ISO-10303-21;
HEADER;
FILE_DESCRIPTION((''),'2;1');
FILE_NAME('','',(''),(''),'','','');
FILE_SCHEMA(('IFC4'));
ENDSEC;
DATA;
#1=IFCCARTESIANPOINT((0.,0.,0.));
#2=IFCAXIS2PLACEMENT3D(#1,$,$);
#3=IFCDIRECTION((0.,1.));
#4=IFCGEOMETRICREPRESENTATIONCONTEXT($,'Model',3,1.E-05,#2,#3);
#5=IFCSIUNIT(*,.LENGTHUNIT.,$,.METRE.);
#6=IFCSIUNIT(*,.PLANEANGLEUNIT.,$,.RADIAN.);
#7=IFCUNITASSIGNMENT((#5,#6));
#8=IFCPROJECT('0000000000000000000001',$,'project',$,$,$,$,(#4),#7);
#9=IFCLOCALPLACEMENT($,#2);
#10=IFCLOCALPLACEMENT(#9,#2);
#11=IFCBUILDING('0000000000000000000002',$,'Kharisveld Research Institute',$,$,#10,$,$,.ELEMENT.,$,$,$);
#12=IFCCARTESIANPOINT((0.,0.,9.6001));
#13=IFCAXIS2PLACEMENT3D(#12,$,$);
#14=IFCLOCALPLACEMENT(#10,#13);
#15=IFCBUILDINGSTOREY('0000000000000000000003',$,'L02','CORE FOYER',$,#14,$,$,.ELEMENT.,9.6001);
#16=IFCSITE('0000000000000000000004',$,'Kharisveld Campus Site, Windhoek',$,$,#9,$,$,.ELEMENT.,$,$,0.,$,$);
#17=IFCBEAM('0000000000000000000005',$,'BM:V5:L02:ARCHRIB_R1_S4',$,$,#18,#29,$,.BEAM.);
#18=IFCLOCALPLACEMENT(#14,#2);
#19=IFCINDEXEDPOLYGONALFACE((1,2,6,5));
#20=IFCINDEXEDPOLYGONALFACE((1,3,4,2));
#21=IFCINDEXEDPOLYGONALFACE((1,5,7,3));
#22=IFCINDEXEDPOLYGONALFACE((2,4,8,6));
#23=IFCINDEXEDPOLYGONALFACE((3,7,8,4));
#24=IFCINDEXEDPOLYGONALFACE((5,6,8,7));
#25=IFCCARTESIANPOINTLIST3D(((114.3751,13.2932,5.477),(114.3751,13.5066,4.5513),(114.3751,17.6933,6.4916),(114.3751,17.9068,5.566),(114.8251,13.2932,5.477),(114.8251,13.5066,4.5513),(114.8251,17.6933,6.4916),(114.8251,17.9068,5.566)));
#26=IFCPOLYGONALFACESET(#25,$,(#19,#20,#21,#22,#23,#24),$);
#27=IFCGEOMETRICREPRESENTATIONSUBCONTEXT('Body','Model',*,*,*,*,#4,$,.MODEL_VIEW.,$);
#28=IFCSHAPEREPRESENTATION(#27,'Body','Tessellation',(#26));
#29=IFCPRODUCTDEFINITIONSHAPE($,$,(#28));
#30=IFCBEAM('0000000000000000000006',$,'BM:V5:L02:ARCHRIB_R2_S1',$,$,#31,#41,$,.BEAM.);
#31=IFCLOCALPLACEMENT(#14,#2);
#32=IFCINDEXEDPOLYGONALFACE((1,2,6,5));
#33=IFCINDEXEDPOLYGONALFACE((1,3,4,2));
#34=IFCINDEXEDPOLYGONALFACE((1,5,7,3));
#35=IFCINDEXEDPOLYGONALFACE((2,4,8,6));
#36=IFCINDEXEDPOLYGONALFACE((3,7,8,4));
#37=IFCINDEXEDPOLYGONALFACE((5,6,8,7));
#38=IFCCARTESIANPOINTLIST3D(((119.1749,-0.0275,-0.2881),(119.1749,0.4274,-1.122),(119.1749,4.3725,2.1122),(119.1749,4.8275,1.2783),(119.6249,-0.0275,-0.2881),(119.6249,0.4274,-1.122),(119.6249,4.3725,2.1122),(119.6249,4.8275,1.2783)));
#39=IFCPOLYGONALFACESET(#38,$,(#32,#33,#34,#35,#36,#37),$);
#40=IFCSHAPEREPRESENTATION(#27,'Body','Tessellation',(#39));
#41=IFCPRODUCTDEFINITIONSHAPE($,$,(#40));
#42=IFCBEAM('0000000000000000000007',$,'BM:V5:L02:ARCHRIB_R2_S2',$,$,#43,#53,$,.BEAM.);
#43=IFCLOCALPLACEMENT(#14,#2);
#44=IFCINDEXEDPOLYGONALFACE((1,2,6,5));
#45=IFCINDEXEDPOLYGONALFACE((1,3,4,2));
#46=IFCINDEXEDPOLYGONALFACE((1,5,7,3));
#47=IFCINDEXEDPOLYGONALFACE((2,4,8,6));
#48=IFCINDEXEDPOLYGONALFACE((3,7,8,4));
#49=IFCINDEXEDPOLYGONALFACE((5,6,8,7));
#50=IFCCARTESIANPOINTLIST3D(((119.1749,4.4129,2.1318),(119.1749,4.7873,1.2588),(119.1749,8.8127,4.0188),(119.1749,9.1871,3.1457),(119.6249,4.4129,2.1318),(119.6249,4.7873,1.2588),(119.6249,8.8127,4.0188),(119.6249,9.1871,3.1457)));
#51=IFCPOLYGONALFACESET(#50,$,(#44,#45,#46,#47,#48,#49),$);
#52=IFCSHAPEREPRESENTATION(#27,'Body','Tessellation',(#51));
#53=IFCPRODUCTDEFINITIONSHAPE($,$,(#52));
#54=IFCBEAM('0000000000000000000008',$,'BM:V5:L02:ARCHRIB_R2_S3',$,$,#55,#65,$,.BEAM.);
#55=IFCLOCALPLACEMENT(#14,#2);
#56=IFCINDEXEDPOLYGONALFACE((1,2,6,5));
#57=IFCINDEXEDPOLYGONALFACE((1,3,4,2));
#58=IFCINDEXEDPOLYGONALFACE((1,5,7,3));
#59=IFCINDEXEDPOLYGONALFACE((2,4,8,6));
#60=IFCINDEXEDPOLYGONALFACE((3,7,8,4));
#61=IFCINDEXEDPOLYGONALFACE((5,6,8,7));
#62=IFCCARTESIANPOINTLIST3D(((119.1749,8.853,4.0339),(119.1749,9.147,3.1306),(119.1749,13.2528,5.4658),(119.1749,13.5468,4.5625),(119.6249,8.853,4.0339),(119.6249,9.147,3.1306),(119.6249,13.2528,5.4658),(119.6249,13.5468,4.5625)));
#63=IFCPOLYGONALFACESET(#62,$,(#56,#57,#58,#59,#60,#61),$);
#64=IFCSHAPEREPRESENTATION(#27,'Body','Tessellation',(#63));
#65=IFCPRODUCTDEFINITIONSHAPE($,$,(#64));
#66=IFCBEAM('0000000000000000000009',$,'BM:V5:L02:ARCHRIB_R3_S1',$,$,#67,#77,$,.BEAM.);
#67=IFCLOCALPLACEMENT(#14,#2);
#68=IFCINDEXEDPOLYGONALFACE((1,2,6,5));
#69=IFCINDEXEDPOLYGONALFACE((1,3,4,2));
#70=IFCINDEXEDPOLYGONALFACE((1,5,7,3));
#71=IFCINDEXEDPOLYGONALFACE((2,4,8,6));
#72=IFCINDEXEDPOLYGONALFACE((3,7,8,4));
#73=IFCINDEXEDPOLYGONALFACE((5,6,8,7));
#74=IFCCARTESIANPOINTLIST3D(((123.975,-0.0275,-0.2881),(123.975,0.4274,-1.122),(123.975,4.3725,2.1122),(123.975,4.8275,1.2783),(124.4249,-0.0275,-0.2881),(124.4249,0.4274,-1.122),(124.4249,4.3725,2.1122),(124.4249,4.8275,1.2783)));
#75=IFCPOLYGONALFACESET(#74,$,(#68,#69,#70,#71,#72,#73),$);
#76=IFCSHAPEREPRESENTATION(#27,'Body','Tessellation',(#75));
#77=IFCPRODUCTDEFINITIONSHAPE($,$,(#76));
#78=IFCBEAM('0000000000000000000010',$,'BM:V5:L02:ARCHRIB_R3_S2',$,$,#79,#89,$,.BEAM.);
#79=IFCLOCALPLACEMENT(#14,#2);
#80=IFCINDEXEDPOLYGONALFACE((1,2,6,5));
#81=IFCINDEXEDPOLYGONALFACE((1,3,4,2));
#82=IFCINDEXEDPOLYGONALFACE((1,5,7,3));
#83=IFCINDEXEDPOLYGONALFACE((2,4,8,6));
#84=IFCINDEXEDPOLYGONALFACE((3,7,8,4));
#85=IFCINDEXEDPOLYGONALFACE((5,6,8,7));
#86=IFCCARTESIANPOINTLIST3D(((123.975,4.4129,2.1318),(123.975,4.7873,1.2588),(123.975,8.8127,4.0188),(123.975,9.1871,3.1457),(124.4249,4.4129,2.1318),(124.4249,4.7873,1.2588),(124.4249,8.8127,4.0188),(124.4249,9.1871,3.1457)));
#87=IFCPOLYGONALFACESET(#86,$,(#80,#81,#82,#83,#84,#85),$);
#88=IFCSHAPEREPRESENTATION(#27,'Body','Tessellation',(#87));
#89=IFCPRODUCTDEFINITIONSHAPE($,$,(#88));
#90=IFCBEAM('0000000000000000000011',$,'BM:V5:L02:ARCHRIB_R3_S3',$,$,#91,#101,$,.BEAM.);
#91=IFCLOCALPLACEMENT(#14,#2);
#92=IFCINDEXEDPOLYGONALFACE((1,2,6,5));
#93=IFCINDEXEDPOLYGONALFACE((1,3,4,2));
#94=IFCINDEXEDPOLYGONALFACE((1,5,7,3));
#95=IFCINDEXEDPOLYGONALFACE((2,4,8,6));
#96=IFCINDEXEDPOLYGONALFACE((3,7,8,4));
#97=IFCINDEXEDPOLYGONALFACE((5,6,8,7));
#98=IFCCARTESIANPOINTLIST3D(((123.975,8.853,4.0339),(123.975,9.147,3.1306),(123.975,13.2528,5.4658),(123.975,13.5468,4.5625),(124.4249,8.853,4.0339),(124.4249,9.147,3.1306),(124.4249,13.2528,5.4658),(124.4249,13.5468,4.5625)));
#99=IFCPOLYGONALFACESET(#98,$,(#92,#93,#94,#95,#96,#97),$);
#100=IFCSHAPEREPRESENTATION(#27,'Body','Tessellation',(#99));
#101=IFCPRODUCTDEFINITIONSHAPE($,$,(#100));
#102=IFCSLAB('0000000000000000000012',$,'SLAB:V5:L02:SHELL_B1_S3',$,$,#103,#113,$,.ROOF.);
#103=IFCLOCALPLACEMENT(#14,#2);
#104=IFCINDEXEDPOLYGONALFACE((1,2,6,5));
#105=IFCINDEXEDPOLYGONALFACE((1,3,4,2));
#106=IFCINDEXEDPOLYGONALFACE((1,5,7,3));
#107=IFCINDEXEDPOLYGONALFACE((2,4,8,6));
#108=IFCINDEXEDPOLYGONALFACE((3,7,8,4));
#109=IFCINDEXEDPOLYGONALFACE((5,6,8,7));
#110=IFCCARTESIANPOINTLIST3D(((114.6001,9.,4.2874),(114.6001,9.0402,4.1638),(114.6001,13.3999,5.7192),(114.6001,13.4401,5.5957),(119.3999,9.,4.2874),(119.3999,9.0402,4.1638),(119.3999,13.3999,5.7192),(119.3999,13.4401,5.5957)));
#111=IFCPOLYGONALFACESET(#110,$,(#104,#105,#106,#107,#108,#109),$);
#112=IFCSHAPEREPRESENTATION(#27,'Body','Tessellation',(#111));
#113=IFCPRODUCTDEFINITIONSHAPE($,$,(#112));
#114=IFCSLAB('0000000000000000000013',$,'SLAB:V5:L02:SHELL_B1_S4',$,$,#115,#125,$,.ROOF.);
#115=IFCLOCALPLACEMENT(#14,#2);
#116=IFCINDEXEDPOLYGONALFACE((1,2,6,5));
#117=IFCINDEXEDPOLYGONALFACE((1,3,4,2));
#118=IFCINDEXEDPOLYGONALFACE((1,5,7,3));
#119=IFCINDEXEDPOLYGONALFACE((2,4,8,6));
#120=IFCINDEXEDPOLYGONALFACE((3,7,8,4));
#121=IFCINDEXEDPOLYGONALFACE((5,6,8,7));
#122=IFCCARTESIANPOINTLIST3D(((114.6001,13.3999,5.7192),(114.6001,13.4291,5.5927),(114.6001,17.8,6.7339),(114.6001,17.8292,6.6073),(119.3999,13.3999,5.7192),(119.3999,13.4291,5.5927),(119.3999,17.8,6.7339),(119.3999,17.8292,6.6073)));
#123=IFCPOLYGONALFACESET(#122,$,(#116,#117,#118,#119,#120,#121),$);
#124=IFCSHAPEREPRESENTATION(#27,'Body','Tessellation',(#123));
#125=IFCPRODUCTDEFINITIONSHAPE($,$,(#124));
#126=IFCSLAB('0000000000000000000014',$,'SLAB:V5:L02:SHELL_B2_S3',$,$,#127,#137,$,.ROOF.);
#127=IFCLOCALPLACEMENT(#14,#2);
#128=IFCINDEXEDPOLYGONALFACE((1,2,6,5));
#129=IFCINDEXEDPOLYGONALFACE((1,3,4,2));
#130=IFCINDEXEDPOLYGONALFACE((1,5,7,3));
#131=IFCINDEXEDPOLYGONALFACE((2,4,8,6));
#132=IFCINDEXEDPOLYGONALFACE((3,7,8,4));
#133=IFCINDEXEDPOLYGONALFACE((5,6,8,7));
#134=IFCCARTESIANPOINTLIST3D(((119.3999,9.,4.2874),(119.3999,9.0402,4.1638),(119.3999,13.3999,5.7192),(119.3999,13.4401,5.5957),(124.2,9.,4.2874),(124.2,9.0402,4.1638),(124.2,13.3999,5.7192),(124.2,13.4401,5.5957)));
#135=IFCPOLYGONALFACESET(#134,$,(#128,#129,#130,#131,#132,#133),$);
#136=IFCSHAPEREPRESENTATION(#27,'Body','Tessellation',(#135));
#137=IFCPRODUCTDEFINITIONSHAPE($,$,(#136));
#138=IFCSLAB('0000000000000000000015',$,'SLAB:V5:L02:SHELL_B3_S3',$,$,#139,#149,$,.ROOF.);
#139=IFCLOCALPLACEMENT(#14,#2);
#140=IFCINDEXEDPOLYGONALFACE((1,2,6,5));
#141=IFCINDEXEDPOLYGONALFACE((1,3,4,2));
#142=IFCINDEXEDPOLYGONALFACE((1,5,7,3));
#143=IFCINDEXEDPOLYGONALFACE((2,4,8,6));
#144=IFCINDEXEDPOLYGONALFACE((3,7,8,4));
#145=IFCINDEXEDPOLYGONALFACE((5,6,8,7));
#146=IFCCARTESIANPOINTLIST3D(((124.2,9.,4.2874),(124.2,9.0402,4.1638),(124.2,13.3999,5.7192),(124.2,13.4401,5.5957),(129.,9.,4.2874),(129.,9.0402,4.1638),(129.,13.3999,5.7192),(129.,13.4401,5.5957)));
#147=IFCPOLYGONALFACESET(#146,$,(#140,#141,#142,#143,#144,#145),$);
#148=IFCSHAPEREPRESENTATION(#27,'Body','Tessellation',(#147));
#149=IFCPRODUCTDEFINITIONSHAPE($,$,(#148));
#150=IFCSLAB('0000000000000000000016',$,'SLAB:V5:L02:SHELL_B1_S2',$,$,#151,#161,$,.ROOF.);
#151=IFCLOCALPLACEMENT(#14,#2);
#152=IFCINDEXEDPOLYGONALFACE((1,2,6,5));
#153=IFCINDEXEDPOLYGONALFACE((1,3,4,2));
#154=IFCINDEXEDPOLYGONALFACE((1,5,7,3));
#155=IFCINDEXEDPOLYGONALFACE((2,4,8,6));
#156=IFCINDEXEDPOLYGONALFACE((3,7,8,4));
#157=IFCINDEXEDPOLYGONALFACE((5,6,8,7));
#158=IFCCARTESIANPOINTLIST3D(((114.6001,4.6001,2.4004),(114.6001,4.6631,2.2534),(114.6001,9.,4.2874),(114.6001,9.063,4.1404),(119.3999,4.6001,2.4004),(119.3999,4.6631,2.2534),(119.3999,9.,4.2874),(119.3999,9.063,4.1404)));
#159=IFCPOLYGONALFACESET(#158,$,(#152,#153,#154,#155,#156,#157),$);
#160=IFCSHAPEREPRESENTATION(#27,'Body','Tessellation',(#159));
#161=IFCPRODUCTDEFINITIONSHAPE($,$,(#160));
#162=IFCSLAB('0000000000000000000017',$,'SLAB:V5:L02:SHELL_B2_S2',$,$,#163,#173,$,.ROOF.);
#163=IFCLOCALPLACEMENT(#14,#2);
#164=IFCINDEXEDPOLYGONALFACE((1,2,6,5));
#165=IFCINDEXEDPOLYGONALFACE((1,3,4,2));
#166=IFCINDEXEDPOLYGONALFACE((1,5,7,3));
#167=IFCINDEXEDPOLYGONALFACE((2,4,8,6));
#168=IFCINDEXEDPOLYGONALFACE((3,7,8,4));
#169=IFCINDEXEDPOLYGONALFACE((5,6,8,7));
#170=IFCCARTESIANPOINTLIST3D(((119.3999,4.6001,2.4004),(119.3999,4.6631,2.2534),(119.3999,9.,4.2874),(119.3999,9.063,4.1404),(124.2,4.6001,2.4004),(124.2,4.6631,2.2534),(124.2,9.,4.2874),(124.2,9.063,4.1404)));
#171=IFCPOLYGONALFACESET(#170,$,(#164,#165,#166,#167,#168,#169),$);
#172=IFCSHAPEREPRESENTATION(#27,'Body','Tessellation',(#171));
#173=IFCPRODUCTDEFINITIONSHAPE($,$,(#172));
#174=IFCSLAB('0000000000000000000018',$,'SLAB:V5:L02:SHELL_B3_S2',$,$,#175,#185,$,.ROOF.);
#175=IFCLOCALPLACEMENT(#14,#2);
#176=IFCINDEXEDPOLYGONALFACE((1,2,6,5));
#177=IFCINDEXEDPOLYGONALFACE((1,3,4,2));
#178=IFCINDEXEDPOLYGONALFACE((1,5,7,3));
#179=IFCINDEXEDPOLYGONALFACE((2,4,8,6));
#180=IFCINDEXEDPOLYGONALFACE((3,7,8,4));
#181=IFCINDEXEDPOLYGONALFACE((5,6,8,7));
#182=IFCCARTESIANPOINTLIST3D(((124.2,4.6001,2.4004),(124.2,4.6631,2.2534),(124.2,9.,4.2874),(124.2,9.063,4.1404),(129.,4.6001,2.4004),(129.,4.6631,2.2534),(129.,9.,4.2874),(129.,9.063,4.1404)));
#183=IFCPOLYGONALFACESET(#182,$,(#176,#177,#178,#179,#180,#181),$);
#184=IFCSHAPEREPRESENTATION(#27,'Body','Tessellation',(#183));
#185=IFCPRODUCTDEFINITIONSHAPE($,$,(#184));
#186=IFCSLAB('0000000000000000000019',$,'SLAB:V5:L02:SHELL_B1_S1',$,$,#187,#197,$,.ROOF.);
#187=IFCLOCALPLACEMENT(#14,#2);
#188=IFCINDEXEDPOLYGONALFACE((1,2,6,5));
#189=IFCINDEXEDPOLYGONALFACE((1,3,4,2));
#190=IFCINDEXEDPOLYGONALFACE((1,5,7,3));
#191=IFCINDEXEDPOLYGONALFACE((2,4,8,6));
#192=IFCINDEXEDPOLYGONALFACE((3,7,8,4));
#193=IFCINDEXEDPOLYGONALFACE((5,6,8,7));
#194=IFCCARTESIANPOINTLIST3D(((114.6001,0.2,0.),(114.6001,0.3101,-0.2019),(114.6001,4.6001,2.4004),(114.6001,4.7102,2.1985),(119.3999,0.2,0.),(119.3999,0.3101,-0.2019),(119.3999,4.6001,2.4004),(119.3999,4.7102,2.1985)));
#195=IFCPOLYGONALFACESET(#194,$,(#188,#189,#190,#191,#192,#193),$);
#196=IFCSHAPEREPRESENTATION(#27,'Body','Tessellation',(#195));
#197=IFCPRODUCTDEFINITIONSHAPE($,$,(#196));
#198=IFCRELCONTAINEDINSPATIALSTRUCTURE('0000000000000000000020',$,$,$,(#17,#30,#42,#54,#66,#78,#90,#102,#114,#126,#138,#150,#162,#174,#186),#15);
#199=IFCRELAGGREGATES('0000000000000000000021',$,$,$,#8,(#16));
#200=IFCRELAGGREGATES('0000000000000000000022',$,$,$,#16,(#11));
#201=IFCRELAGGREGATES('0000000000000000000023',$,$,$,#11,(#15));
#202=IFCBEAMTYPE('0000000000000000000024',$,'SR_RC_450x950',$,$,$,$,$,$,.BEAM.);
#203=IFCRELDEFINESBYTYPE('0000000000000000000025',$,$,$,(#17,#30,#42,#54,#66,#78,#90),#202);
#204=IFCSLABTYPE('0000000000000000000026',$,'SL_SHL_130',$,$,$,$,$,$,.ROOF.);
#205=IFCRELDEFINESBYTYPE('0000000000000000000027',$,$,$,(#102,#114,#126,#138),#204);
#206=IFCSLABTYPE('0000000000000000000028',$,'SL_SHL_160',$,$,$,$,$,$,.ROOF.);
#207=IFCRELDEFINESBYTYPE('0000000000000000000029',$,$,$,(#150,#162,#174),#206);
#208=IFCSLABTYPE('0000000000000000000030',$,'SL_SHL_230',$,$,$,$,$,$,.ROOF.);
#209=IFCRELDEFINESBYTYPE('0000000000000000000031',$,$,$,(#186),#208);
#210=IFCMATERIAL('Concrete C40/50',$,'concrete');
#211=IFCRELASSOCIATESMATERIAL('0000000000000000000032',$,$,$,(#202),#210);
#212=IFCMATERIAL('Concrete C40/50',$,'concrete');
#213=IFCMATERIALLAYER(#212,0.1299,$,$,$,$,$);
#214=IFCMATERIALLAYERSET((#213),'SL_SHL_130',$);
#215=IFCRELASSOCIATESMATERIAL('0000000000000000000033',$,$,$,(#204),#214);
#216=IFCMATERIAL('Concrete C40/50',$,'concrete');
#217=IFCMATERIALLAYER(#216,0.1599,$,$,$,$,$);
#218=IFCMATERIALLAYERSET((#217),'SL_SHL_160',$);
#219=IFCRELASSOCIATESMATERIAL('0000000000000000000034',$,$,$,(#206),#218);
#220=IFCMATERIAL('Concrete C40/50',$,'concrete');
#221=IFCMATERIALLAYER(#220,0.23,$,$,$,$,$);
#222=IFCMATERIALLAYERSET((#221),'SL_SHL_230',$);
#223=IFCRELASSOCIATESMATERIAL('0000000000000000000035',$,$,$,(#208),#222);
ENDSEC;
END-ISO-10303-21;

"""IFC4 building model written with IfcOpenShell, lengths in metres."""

from ifc_helpers import new_model, si_unit, direction, frame, origin, origin_2d, place, context, subcontext, project, spatial, polyline, rectangle, outline, extrude, material, layer, layer_set, material_profile, profile_set, type_object, element, save


model = new_model("IFC4")

# Units and contexts
model_context = context("Model", 3, precision=1e-05, world=origin(), true_north=direction((0.0, 1.0)))
body_context = subcontext(model_context, "Body", "Model", "MODEL_VIEW")
ifc_project = project(units=[si_unit("LENGTHUNIT", "METRE"), si_unit("PLANEANGLEUNIT", "RADIAN")], contexts=[model_context])

# Site, building, storey
site_placement = place(None, origin())
site = spatial("IfcSite", under=ifc_project, at=site_placement, Name="Kharisveld Campus Site, Windhoek", CompositionType="ELEMENT", RefElevation=0.0)
building_placement = place(site_placement, origin())
building = spatial("IfcBuilding", under=site, at=building_placement, Name="Kharisveld Research Institute", CompositionType="ELEMENT")
storey_placement = place(building_placement, frame((0.0, 0.0, 9.6001)))
storey = spatial("IfcBuildingStorey", under=building, at=storey_placement, Name="L02", Description="CORE FOYER", CompositionType="ELEMENT", Elevation=9.6001)

# Beams
ifc_material_1 = material(Name="Concrete C40/50", Category="concrete")
ifc_material_profile_1 = material_profile(ifc_material_1, rectangle(XDim=0.45, YDim=0.95, at=origin_2d()))
ifc_profile_set_1 = profile_set([ifc_material_profile_1], Name="Concrete C40/50")
beam_type_1 = type_object("IfcBeamType", Name="SR_RC_450x950", PredefinedType="BEAM", material=ifc_profile_set_1)
beam_1_placement = place(storey_placement, frame((114.6001, 13.3999, 5.0142), z_axis=(0.0, 0.974429, 0.224698), x_axis=(-1.0, 0.0, 0.0)))
element("IfcBeam", 1, at=beam_1_placement, inside=storey, type_object=beam_type_1, Name="BM:V5:L02:ARCHRIB_R1_S4", PredefinedType="BEAM", context=body_context, shape_type="SweptSolid", body=[
    extrude(rectangle(XDim=0.45, YDim=0.95, at=origin_2d()), origin(), (0.0, 0.0, 1.0), 4.5156),
])
beam_2_placement = place(storey_placement, frame((119.3999, 0.2, -0.7051), z_axis=(0.0, 0.87787, 0.4789), x_axis=(-1.0, 0.0, 0.0)))
element("IfcBeam", 2, at=beam_2_placement, inside=storey, type_object=beam_type_1, Name="BM:V5:L02:ARCHRIB_R2_S1", PredefinedType="BEAM", context=body_context, shape_type="SweptSolid", body=[
    extrude(rectangle(XDim=0.45, YDim=0.95, at=origin_2d()), origin(), (0.0, 0.0, 1.0), 5.0122),
])
beam_3_placement = place(storey_placement, frame((119.3999, 4.6001, 1.6953), z_axis=(0.0, 0.919047, 0.394147), x_axis=(-1.0, 0.0, 0.0)))
element("IfcBeam", 3, at=beam_3_placement, inside=storey, type_object=beam_type_1, Name="BM:V5:L02:ARCHRIB_R2_S2", PredefinedType="BEAM", context=body_context, shape_type="SweptSolid", body=[
    extrude(rectangle(XDim=0.45, YDim=0.95, at=origin_2d()), origin(), (0.0, 0.0, 1.0), 4.7874),
])
beam_4_placement = place(storey_placement, frame((119.3999, 9.0, 3.5823), z_axis=(0.0, 0.950912, 0.309461), x_axis=(-1.0, 0.0, 0.0)))
element("IfcBeam", 4, at=beam_4_placement, inside=storey, type_object=beam_type_1, Name="BM:V5:L02:ARCHRIB_R2_S3", PredefinedType="BEAM", context=body_context, shape_type="SweptSolid", body=[
    extrude(rectangle(XDim=0.45, YDim=0.95, at=origin_2d()), origin(), (0.0, 0.0, 1.0), 4.627),
])
beam_5_placement = place(storey_placement, frame((124.2, 0.2, -0.7051), z_axis=(0.0, 0.87787, 0.4789), x_axis=(-1.0, 0.0, 0.0)))
element("IfcBeam", 5, at=beam_5_placement, inside=storey, type_object=beam_type_1, Name="BM:V5:L02:ARCHRIB_R3_S1", PredefinedType="BEAM", context=body_context, shape_type="SweptSolid", body=[
    extrude(rectangle(XDim=0.45, YDim=0.95, at=origin_2d()), origin(), (0.0, 0.0, 1.0), 5.0122),
])
beam_6_placement = place(storey_placement, frame((124.2, 4.6001, 1.6953), z_axis=(0.0, 0.919047, 0.394147), x_axis=(-1.0, 0.0, 0.0)))
element("IfcBeam", 6, at=beam_6_placement, inside=storey, type_object=beam_type_1, Name="BM:V5:L02:ARCHRIB_R3_S2", PredefinedType="BEAM", context=body_context, shape_type="SweptSolid", body=[
    extrude(rectangle(XDim=0.45, YDim=0.95, at=origin_2d()), origin(), (0.0, 0.0, 1.0), 4.7874),
])
beam_7_placement = place(storey_placement, frame((124.2, 9.0, 3.5823), z_axis=(0.0, 0.950912, 0.309461), x_axis=(-1.0, 0.0, 0.0)))
element("IfcBeam", 7, at=beam_7_placement, inside=storey, type_object=beam_type_1, Name="BM:V5:L02:ARCHRIB_R3_S3", PredefinedType="BEAM", context=body_context, shape_type="SweptSolid", body=[
    extrude(rectangle(XDim=0.45, YDim=0.95, at=origin_2d()), origin(), (0.0, 0.0, 1.0), 4.627),
])

# Slabs
ifc_material_2 = material(Name="Concrete C40/50", Category="concrete")
ifc_layer_1 = layer(ifc_material_2, 0.1299)
ifc_layer_set_1 = layer_set([ifc_layer_1], Name="SL_SHL_130")
slab_type_1 = type_object("IfcSlabType", Name="SL_SHL_130", PredefinedType="ROOF", material=ifc_layer_set_1)
slab_1_placement = place(storey_placement, frame((114.6001, 9.0, 4.2874), z_axis=(0.0, -0.309461, 0.950912), x_axis=(1.0, 0.0, 0.0)))
element("IfcSlab", 8, at=slab_1_placement, inside=storey, type_object=slab_type_1, Name="SLAB:V5:L02:SHELL_B1_S3", PredefinedType="ROOF", context=body_context, shape_type="SweptSolid", body=[
    extrude(outline(polyline([(0.0, 0.0), (4.7998, 0.0), (4.7998, 4.627), (0.0, 4.627), (0.0, 0.0)])), origin(), (0.0, 0.0, -1.0), 0.1299),
])
slab_2_placement = place(storey_placement, frame((114.6001, 13.3999, 5.7192), z_axis=(0.0, -0.224698, 0.974429), x_axis=(1.0, 0.0, 0.0)))
element("IfcSlab", 9, at=slab_2_placement, inside=storey, type_object=slab_type_1, Name="SLAB:V5:L02:SHELL_B1_S4", PredefinedType="ROOF", context=body_context, shape_type="SweptSolid", body=[
    extrude(outline(polyline([(0.0, 0.0), (4.7998, 0.0), (4.7998, 4.5156), (0.0, 4.5156), (0.0, 0.0)])), origin(), (0.0, 0.0, -1.0), 0.1299),
])
for number, where, z_axis, x_axis, name in (
    (10, (119.3999, 9.0, 4.2874), (0.0, -0.309461, 0.950912), (1.0, 0.0, 0.0), "SLAB:V5:L02:SHELL_B2_S3"),
    (11, (124.2, 9.0, 4.2874), (0.0, -0.309461, 0.950912), (1.0, 0.0, 0.0), "SLAB:V5:L02:SHELL_B3_S3"),
):
    element("IfcSlab", number, at=place(storey_placement, frame(where, z_axis=z_axis, x_axis=x_axis)), inside=storey, type_object=slab_type_1, Name=name, PredefinedType="ROOF", context=body_context, shape_type="SweptSolid", body=[
        extrude(outline(polyline([(0.0, 0.0), (4.8, 0.0), (4.8, 4.627), (0.0, 4.627), (0.0, 0.0)])), origin(), (0.0, 0.0, -1.0), 0.1299),
    ])
ifc_material_3 = material(Name="Concrete C40/50", Category="concrete")
ifc_layer_2 = layer(ifc_material_3, 0.1599)
ifc_layer_set_2 = layer_set([ifc_layer_2], Name="SL_SHL_160")
slab_type_2 = type_object("IfcSlabType", Name="SL_SHL_160", PredefinedType="ROOF", material=ifc_layer_set_2)
slab_3_placement = place(storey_placement, frame((114.6001, 4.6001, 2.4004), z_axis=(0.0, -0.394147, 0.919047), x_axis=(1.0, 0.0, 0.0)))
element("IfcSlab", 12, at=slab_3_placement, inside=storey, type_object=slab_type_2, Name="SLAB:V5:L02:SHELL_B1_S2", PredefinedType="ROOF", context=body_context, shape_type="SweptSolid", body=[
    extrude(outline(polyline([(0.0, 0.0), (4.7998, 0.0), (4.7998, 4.7875), (0.0, 4.7875), (0.0, 0.0)])), origin(), (0.0, 0.0, -1.0), 0.1599),
])
for number, where, z_axis, x_axis, name in (
    (13, (119.3999, 4.6001, 2.4004), (0.0, -0.394147, 0.919047), (1.0, 0.0, 0.0), "SLAB:V5:L02:SHELL_B2_S2"),
    (14, (124.2, 4.6001, 2.4004), (0.0, -0.394147, 0.919047), (1.0, 0.0, 0.0), "SLAB:V5:L02:SHELL_B3_S2"),
):
    element("IfcSlab", number, at=place(storey_placement, frame(where, z_axis=z_axis, x_axis=x_axis)), inside=storey, type_object=slab_type_2, Name=name, PredefinedType="ROOF", context=body_context, shape_type="SweptSolid", body=[
        extrude(outline(polyline([(0.0, 0.0), (4.8, 0.0), (4.8, 4.7875), (0.0, 4.7875), (0.0, 0.0)])), origin(), (0.0, 0.0, -1.0), 0.1599),
    ])
ifc_material_4 = material(Name="Concrete C40/50", Category="concrete")
ifc_layer_3 = layer(ifc_material_4, 0.23)
ifc_layer_set_3 = layer_set([ifc_layer_3], Name="SL_SHL_230")
slab_type_3 = type_object("IfcSlabType", Name="SL_SHL_230", PredefinedType="ROOF", material=ifc_layer_set_3)
slab_4_placement = place(storey_placement, frame((114.6001, 0.2, 0.0), z_axis=(0.0, -0.4789, 0.87787), x_axis=(1.0, 0.0, 0.0)))
element("IfcSlab", 15, at=slab_4_placement, inside=storey, type_object=slab_type_3, Name="SLAB:V5:L02:SHELL_B1_S1", PredefinedType="ROOF", context=body_context, shape_type="SweptSolid", body=[
    extrude(outline(polyline([(0.0, 0.0), (4.7998, 0.0), (4.7998, 5.0123), (0.0, 5.0123), (0.0, 0.0)])), origin(), (0.0, 0.0, -1.0), 0.23),
])

save(model, "model.ifc")
